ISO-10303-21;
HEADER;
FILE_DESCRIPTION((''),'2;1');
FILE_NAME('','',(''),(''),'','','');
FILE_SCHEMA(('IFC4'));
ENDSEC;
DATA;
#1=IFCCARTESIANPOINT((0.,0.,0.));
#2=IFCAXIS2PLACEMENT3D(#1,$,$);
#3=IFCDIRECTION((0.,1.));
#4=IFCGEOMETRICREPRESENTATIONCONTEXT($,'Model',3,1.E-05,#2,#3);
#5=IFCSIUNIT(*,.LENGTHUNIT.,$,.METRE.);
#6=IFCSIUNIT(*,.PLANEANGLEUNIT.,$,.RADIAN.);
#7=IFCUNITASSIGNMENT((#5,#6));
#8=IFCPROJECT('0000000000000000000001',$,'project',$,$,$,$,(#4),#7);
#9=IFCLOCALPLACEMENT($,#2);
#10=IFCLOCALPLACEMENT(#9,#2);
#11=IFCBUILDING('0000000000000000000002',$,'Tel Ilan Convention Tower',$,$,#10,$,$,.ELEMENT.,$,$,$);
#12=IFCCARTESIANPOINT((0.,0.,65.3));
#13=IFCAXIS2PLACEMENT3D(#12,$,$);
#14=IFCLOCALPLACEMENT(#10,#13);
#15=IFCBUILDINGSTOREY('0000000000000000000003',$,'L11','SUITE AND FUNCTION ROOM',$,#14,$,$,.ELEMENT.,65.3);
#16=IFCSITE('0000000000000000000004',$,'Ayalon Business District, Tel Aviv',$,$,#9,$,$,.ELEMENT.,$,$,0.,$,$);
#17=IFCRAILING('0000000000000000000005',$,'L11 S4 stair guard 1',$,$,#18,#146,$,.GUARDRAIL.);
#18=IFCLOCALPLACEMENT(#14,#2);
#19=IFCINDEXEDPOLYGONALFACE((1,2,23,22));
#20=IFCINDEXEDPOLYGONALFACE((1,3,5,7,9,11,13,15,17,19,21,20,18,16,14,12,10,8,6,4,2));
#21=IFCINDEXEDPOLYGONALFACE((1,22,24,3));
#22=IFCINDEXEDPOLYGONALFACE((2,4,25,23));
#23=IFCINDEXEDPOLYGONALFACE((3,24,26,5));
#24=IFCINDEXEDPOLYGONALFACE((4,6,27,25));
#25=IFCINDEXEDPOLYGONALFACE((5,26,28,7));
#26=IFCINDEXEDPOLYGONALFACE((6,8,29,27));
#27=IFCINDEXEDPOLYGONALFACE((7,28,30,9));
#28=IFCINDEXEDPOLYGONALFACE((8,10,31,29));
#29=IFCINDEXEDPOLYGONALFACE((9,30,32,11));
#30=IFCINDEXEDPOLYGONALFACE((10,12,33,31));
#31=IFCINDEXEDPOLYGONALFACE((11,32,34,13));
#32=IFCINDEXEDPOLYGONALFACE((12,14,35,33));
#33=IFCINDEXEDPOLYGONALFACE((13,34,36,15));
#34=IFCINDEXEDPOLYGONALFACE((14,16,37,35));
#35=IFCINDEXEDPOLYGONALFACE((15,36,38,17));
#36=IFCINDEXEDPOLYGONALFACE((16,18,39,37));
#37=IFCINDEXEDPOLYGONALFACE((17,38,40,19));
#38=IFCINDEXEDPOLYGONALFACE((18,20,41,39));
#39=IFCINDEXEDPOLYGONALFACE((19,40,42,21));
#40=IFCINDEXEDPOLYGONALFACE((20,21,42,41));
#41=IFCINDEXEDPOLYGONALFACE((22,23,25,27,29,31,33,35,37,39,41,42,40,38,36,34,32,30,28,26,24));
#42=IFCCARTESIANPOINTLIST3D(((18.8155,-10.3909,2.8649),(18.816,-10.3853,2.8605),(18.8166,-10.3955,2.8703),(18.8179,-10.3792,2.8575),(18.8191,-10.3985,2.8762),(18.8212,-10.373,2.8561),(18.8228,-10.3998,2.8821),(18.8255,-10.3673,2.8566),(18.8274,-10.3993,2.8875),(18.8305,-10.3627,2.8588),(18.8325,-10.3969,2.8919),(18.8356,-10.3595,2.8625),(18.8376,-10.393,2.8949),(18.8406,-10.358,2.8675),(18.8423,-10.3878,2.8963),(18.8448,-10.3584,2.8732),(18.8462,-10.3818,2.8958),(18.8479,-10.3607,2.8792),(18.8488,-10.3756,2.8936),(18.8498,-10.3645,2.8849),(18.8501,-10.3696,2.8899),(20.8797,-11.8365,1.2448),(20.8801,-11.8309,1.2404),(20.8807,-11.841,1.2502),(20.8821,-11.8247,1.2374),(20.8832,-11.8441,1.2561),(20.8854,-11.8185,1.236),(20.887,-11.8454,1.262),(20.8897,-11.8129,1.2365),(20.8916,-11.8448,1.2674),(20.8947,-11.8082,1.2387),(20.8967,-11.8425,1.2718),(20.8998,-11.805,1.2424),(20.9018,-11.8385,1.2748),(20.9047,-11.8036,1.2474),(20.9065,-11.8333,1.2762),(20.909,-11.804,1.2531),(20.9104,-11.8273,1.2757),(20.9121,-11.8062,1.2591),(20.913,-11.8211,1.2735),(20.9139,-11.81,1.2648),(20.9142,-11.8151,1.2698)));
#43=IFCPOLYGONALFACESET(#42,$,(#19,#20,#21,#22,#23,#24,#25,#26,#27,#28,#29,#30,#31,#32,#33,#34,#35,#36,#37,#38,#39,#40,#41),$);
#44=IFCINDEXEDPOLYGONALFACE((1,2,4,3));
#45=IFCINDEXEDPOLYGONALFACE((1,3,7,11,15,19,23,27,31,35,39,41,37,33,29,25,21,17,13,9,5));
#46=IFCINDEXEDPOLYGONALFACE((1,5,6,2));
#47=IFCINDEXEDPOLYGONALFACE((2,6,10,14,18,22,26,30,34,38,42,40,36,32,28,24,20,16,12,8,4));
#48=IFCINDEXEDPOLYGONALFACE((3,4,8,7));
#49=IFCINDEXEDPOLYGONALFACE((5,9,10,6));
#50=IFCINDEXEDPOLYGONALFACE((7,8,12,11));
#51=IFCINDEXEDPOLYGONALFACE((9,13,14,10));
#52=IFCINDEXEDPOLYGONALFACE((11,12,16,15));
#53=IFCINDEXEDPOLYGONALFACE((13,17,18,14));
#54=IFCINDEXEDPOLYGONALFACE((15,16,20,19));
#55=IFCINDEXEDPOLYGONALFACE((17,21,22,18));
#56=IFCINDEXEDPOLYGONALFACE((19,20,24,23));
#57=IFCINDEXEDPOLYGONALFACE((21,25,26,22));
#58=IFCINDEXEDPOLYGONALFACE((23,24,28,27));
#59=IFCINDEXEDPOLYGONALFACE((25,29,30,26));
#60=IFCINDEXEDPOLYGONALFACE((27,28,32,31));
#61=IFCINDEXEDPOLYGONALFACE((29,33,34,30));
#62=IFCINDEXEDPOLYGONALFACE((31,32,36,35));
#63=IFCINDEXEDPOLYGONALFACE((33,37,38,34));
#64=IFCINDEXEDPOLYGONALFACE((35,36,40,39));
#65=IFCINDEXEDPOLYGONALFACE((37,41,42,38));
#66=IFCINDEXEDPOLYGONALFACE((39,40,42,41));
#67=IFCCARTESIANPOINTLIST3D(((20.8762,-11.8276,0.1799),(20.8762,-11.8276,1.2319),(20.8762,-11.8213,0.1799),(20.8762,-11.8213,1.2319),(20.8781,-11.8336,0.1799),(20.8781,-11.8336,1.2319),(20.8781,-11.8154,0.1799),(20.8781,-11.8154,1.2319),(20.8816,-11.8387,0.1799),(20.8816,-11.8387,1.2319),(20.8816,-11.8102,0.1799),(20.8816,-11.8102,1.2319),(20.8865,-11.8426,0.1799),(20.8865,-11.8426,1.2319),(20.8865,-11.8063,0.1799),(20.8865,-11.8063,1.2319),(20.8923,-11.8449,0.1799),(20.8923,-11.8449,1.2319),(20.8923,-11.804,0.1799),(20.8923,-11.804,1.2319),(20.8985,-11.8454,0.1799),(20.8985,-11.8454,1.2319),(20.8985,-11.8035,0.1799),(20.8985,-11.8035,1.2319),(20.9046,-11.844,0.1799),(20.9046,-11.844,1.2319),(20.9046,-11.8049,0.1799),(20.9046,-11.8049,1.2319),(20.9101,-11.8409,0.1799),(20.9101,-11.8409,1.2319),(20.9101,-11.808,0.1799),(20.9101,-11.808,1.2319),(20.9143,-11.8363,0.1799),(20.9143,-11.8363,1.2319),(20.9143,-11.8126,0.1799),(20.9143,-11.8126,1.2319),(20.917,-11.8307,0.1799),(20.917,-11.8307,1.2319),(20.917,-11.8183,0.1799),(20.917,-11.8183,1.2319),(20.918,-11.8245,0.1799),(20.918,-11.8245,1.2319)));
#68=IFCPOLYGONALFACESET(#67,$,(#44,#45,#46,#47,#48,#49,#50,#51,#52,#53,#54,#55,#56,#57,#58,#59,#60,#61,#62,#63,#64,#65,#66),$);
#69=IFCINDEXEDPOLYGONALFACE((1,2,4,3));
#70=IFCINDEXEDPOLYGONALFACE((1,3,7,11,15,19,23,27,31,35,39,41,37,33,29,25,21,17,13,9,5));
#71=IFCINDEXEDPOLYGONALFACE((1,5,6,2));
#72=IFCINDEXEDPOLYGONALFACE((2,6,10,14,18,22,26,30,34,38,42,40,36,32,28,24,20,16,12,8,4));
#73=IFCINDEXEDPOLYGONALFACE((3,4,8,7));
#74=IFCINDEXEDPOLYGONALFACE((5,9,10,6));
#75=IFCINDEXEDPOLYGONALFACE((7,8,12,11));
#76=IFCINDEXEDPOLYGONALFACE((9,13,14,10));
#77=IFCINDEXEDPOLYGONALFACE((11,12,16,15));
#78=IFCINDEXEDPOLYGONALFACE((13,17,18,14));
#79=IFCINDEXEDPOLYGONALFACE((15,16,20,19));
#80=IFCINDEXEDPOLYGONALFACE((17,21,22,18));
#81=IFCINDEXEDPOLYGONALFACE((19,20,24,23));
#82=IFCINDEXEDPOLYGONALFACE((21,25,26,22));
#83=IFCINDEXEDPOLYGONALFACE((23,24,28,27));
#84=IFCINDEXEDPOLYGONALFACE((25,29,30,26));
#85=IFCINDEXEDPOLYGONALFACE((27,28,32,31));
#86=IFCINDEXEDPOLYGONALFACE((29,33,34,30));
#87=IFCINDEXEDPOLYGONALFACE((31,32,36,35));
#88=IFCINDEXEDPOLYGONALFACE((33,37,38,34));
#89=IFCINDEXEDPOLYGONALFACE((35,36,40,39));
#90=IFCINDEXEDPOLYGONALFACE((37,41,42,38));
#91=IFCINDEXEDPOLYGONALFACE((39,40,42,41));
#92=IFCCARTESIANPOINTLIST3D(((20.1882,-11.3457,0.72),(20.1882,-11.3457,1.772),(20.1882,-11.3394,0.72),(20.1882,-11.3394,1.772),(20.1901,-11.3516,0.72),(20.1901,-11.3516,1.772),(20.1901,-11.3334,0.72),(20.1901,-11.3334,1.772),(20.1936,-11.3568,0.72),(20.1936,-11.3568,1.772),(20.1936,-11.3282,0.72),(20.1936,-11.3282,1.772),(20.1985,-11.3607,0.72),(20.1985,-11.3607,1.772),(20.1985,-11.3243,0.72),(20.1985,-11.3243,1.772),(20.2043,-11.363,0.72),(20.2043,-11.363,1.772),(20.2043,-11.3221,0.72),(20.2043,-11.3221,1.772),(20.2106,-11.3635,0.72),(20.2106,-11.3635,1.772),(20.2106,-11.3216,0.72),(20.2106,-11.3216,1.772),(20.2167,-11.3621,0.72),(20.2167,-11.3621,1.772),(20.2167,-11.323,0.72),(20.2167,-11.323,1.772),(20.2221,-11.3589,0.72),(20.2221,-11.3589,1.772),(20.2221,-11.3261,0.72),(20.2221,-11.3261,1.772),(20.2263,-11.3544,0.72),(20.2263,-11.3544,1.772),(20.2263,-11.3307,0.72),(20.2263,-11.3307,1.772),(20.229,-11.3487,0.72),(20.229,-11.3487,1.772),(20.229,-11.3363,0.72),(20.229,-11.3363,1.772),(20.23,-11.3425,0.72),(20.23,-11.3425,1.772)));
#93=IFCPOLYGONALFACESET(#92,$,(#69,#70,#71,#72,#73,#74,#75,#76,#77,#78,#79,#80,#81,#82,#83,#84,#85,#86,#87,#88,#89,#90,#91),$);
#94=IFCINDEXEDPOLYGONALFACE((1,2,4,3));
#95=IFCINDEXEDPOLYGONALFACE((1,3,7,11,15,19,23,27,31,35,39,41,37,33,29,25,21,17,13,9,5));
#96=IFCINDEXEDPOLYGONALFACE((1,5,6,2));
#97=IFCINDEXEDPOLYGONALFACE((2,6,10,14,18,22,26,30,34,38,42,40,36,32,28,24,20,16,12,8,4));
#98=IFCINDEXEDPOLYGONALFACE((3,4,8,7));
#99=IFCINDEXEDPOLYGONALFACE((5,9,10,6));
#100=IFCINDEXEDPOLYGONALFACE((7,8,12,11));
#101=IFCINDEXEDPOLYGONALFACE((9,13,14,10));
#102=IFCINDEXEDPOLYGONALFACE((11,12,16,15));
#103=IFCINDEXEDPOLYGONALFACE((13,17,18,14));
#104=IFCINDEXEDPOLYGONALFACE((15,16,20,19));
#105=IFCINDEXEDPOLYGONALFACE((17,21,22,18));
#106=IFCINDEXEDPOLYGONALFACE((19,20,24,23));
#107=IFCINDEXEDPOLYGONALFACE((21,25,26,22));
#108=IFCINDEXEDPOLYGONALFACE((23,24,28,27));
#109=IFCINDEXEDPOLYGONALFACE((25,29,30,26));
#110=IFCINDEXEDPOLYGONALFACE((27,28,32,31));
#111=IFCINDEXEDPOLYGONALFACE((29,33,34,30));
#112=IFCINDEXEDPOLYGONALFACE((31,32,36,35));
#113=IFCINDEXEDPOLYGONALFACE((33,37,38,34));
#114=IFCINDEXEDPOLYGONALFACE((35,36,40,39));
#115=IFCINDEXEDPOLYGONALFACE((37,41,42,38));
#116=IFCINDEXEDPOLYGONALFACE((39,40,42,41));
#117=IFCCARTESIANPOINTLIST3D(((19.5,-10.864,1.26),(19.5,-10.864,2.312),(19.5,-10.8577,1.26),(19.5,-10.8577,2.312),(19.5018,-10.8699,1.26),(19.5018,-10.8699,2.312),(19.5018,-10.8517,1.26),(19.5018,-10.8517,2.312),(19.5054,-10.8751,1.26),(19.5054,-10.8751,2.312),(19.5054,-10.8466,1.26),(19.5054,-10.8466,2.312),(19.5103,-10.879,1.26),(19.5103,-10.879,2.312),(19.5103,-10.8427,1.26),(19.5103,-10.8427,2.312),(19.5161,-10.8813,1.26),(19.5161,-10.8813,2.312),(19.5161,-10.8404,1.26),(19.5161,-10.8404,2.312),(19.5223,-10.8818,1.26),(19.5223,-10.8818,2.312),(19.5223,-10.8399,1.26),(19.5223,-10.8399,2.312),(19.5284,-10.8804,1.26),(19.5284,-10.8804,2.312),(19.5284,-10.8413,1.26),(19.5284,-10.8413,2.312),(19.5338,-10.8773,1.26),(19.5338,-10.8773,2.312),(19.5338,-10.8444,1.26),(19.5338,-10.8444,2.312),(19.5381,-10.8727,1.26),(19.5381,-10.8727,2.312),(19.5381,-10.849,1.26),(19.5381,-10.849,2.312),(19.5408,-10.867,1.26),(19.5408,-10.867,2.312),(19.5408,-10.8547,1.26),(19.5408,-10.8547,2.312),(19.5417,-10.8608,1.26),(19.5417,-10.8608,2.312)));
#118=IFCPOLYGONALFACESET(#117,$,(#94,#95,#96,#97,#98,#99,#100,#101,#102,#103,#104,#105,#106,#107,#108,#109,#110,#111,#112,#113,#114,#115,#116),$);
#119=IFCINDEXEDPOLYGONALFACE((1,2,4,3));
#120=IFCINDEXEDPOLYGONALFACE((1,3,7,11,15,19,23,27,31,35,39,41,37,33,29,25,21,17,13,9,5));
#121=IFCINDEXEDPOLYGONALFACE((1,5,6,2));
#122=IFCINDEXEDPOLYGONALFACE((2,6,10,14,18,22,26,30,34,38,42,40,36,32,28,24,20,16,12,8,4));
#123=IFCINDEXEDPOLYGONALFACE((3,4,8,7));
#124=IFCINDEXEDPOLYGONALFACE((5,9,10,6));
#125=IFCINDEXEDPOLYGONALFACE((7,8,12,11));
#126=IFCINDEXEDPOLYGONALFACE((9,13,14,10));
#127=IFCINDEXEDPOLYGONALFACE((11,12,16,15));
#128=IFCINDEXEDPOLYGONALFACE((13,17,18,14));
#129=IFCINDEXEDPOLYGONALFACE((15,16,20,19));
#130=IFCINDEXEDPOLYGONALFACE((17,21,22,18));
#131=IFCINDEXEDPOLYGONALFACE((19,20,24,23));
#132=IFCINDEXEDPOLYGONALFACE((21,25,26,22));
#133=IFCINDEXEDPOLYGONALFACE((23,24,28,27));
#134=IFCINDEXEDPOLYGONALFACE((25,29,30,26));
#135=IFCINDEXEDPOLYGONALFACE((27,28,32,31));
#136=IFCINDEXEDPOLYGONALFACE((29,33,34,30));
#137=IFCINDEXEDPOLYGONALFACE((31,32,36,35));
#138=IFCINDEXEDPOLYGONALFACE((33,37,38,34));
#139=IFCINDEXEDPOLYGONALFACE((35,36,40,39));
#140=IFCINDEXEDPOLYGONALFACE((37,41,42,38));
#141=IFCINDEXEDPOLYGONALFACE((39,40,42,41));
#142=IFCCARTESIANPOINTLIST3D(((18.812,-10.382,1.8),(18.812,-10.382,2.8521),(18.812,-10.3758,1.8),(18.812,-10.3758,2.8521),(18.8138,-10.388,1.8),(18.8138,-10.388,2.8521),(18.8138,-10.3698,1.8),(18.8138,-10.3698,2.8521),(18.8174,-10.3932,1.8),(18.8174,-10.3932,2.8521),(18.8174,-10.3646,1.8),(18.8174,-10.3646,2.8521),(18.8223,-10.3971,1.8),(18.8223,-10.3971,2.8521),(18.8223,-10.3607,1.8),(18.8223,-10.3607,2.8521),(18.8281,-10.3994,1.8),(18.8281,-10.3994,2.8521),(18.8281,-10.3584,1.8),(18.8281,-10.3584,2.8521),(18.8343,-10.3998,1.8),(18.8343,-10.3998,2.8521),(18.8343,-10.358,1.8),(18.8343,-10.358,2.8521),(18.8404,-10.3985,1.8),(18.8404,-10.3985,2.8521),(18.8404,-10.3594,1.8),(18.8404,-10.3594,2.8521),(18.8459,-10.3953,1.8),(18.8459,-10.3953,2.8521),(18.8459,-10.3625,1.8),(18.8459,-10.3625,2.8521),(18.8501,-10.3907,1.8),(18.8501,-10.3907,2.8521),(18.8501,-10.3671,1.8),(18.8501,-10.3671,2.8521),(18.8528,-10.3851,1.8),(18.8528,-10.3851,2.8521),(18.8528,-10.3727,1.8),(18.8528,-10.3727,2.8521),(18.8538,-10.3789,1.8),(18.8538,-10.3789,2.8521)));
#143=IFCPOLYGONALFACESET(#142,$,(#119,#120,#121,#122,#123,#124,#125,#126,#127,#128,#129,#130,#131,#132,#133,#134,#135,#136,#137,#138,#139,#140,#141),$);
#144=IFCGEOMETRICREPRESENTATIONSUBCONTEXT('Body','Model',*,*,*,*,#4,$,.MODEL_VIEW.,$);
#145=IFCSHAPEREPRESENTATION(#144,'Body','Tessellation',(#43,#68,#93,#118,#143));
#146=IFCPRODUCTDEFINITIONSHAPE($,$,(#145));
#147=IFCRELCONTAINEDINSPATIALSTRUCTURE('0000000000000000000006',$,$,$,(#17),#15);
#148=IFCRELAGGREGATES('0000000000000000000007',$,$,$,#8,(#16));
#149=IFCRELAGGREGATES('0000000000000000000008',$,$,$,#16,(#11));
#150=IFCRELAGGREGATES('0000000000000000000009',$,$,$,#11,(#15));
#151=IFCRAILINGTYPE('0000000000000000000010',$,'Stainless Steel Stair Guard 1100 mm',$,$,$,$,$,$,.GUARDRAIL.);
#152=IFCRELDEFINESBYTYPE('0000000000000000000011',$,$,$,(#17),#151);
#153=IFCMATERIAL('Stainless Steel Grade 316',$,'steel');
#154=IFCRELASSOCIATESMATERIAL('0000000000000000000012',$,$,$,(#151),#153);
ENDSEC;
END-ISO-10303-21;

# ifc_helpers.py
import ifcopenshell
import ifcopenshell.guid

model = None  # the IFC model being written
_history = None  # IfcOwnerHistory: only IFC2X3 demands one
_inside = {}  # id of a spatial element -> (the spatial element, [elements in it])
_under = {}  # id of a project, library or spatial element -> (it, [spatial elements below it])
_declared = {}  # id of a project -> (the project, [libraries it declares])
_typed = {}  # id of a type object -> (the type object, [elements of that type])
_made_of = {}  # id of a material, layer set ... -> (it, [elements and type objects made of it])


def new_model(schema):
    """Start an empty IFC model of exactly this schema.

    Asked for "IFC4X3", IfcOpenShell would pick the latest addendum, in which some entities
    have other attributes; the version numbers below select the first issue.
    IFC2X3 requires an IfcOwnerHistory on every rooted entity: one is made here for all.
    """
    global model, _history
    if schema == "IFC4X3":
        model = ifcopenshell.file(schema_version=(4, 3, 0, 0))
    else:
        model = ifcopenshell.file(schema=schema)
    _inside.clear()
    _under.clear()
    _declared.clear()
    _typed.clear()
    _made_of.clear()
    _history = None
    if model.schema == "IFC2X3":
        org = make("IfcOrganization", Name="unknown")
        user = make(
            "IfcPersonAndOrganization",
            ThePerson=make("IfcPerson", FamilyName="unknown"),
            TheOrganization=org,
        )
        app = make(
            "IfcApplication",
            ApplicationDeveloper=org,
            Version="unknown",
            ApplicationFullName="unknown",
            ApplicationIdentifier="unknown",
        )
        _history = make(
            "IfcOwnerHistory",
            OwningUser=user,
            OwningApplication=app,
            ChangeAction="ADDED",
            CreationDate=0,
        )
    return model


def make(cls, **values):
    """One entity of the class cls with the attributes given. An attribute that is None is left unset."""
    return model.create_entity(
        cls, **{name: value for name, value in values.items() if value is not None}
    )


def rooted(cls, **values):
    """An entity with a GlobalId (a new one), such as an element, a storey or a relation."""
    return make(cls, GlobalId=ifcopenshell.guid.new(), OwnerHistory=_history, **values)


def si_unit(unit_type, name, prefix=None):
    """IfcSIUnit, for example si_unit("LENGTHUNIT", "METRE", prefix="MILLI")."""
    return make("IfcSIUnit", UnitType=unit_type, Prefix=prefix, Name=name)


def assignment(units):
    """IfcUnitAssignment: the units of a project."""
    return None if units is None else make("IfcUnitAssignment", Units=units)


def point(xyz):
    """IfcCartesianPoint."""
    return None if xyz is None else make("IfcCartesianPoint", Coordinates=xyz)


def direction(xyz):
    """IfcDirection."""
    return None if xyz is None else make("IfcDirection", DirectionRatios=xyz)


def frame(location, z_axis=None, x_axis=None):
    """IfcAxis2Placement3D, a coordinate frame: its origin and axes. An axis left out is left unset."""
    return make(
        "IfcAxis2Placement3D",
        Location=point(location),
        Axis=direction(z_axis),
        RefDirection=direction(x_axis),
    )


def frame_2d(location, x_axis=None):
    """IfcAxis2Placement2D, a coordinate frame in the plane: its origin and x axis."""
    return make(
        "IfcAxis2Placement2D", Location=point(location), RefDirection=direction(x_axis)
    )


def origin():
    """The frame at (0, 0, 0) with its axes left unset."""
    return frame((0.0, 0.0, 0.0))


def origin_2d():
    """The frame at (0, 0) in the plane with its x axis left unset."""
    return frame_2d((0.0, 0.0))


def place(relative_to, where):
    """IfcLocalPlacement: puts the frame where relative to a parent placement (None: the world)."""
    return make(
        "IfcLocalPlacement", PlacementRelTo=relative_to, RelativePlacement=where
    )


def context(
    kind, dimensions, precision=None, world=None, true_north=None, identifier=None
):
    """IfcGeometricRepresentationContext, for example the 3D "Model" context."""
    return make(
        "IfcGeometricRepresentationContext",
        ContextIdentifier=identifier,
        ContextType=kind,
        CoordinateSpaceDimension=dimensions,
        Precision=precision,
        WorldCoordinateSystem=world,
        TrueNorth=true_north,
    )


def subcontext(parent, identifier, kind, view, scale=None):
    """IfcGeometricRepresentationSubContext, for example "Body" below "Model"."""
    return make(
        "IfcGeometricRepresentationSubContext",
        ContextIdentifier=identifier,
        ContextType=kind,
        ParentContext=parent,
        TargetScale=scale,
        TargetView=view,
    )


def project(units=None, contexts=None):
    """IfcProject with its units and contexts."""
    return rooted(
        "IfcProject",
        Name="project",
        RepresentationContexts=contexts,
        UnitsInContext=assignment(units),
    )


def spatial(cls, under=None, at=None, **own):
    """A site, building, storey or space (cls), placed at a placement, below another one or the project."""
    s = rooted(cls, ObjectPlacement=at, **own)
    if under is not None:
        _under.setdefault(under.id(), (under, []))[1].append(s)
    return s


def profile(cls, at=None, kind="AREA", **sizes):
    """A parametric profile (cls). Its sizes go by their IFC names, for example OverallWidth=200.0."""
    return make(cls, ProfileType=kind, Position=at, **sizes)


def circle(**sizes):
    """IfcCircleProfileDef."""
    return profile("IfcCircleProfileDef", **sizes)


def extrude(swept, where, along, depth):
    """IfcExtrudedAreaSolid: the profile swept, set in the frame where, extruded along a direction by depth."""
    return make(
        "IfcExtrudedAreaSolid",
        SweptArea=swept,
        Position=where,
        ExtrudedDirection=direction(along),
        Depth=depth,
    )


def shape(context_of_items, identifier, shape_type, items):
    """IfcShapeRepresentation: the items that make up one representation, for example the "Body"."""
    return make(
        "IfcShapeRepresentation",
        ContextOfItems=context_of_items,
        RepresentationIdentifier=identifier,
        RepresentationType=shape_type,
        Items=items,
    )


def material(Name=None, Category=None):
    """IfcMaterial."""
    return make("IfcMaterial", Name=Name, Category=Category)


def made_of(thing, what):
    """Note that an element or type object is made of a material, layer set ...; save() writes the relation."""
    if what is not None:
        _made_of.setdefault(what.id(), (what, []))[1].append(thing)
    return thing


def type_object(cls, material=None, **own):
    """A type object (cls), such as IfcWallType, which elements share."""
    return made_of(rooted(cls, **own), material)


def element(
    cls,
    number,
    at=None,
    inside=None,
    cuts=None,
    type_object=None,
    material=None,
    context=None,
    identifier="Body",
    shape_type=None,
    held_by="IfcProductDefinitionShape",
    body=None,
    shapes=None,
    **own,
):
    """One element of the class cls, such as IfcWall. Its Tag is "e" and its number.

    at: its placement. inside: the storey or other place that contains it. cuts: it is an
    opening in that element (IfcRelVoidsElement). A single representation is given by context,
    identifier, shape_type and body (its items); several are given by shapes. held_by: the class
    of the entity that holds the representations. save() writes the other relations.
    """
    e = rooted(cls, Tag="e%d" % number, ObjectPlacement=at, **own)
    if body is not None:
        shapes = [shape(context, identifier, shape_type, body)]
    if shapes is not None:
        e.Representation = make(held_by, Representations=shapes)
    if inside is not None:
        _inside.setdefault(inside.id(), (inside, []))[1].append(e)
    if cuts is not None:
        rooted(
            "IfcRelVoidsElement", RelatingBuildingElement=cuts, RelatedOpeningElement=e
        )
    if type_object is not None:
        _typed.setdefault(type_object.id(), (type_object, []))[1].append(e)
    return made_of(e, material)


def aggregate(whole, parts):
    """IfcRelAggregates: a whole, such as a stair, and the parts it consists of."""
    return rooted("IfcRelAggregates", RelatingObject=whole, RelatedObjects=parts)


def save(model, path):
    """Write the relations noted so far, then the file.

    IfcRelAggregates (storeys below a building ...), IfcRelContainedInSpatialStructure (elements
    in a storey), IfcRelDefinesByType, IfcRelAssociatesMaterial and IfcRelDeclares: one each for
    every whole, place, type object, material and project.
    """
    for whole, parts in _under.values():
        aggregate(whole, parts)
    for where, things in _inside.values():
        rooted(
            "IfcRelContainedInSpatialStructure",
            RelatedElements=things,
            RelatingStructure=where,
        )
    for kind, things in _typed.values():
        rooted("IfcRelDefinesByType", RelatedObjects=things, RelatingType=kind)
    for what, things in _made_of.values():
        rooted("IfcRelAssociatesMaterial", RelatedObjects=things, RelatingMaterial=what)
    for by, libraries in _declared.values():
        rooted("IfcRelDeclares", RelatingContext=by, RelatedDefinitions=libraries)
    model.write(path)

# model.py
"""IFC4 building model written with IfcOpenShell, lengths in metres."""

from ifc_helpers import new_model, si_unit, direction, frame, origin, origin_2d, place, context, subcontext, project, spatial, circle, extrude, material, type_object, element, save


model = new_model("IFC4")

# Units and contexts
model_context = context("Model", 3, precision=1e-05, world=origin(), true_north=direction((0.0, 1.0)))
body_context = subcontext(model_context, "Body", "Model", "MODEL_VIEW")
ifc_project = project(units=[si_unit("LENGTHUNIT", "METRE"), si_unit("PLANEANGLEUNIT", "RADIAN")], contexts=[model_context])

# Site, building, storey
site_placement = place(None, origin())
site = spatial("IfcSite", under=ifc_project, at=site_placement, Name="Ayalon Business District, Tel Aviv", CompositionType="ELEMENT", RefElevation=0.0)
building_placement = place(site_placement, origin())
building = spatial("IfcBuilding", under=site, at=building_placement, Name="Tel Ilan Convention Tower", CompositionType="ELEMENT")
storey_placement = place(building_placement, frame((0.0, 0.0, 65.3)))
storey = spatial("IfcBuildingStorey", under=building, at=storey_placement, Name="L11", Description="SUITE AND FUNCTION ROOM", CompositionType="ELEMENT", Elevation=65.3)

# Railing
ifc_material_1 = material(Name="Stainless Steel Grade 316", Category="steel")
railing_type_1 = type_object("IfcRailingType", Name="Stainless Steel Stair Guard 1100 mm", PredefinedType="GUARDRAIL", material=ifc_material_1)
railing_1_placement = place(storey_placement, frame((20.897, -11.8245, 0.1799)))
element("IfcRailing", 1, at=railing_1_placement, inside=storey, type_object=railing_type_1, Name="L11 S4 stair guard 1", PredefinedType="GUARDRAIL", context=body_context, shape_type="SweptSolid", body=[
    extrude(circle(Radius=0.0239, at=origin_2d()), frame((0.0, 0.0, 1.0762), z_axis=(-0.689013, 0.482513, 0.540779), x_axis=(-0.573625, -0.819118, 0.0)), (0.0, 0.0, 1.0), 2.9958),
    extrude(circle(Radius=0.021, at=origin_2d()), origin(), (0.0, 0.0, 1.0), 1.052),
    extrude(circle(Radius=0.021, at=origin_2d()), frame((-0.688, 0.4819, 0.54)), (0.0, 0.0, 1.0), 1.052),
    extrude(circle(Radius=0.021, at=origin_2d()), frame((-1.3762, 0.9636, 1.0801)), (0.0, 0.0, 1.0), 1.052),
    extrude(circle(Radius=0.021, at=origin_2d()), frame((-2.0642, 1.4456, 1.6201)), (0.0, 0.0, 1.0), 1.052),
])

save(model, "model.ifc")
